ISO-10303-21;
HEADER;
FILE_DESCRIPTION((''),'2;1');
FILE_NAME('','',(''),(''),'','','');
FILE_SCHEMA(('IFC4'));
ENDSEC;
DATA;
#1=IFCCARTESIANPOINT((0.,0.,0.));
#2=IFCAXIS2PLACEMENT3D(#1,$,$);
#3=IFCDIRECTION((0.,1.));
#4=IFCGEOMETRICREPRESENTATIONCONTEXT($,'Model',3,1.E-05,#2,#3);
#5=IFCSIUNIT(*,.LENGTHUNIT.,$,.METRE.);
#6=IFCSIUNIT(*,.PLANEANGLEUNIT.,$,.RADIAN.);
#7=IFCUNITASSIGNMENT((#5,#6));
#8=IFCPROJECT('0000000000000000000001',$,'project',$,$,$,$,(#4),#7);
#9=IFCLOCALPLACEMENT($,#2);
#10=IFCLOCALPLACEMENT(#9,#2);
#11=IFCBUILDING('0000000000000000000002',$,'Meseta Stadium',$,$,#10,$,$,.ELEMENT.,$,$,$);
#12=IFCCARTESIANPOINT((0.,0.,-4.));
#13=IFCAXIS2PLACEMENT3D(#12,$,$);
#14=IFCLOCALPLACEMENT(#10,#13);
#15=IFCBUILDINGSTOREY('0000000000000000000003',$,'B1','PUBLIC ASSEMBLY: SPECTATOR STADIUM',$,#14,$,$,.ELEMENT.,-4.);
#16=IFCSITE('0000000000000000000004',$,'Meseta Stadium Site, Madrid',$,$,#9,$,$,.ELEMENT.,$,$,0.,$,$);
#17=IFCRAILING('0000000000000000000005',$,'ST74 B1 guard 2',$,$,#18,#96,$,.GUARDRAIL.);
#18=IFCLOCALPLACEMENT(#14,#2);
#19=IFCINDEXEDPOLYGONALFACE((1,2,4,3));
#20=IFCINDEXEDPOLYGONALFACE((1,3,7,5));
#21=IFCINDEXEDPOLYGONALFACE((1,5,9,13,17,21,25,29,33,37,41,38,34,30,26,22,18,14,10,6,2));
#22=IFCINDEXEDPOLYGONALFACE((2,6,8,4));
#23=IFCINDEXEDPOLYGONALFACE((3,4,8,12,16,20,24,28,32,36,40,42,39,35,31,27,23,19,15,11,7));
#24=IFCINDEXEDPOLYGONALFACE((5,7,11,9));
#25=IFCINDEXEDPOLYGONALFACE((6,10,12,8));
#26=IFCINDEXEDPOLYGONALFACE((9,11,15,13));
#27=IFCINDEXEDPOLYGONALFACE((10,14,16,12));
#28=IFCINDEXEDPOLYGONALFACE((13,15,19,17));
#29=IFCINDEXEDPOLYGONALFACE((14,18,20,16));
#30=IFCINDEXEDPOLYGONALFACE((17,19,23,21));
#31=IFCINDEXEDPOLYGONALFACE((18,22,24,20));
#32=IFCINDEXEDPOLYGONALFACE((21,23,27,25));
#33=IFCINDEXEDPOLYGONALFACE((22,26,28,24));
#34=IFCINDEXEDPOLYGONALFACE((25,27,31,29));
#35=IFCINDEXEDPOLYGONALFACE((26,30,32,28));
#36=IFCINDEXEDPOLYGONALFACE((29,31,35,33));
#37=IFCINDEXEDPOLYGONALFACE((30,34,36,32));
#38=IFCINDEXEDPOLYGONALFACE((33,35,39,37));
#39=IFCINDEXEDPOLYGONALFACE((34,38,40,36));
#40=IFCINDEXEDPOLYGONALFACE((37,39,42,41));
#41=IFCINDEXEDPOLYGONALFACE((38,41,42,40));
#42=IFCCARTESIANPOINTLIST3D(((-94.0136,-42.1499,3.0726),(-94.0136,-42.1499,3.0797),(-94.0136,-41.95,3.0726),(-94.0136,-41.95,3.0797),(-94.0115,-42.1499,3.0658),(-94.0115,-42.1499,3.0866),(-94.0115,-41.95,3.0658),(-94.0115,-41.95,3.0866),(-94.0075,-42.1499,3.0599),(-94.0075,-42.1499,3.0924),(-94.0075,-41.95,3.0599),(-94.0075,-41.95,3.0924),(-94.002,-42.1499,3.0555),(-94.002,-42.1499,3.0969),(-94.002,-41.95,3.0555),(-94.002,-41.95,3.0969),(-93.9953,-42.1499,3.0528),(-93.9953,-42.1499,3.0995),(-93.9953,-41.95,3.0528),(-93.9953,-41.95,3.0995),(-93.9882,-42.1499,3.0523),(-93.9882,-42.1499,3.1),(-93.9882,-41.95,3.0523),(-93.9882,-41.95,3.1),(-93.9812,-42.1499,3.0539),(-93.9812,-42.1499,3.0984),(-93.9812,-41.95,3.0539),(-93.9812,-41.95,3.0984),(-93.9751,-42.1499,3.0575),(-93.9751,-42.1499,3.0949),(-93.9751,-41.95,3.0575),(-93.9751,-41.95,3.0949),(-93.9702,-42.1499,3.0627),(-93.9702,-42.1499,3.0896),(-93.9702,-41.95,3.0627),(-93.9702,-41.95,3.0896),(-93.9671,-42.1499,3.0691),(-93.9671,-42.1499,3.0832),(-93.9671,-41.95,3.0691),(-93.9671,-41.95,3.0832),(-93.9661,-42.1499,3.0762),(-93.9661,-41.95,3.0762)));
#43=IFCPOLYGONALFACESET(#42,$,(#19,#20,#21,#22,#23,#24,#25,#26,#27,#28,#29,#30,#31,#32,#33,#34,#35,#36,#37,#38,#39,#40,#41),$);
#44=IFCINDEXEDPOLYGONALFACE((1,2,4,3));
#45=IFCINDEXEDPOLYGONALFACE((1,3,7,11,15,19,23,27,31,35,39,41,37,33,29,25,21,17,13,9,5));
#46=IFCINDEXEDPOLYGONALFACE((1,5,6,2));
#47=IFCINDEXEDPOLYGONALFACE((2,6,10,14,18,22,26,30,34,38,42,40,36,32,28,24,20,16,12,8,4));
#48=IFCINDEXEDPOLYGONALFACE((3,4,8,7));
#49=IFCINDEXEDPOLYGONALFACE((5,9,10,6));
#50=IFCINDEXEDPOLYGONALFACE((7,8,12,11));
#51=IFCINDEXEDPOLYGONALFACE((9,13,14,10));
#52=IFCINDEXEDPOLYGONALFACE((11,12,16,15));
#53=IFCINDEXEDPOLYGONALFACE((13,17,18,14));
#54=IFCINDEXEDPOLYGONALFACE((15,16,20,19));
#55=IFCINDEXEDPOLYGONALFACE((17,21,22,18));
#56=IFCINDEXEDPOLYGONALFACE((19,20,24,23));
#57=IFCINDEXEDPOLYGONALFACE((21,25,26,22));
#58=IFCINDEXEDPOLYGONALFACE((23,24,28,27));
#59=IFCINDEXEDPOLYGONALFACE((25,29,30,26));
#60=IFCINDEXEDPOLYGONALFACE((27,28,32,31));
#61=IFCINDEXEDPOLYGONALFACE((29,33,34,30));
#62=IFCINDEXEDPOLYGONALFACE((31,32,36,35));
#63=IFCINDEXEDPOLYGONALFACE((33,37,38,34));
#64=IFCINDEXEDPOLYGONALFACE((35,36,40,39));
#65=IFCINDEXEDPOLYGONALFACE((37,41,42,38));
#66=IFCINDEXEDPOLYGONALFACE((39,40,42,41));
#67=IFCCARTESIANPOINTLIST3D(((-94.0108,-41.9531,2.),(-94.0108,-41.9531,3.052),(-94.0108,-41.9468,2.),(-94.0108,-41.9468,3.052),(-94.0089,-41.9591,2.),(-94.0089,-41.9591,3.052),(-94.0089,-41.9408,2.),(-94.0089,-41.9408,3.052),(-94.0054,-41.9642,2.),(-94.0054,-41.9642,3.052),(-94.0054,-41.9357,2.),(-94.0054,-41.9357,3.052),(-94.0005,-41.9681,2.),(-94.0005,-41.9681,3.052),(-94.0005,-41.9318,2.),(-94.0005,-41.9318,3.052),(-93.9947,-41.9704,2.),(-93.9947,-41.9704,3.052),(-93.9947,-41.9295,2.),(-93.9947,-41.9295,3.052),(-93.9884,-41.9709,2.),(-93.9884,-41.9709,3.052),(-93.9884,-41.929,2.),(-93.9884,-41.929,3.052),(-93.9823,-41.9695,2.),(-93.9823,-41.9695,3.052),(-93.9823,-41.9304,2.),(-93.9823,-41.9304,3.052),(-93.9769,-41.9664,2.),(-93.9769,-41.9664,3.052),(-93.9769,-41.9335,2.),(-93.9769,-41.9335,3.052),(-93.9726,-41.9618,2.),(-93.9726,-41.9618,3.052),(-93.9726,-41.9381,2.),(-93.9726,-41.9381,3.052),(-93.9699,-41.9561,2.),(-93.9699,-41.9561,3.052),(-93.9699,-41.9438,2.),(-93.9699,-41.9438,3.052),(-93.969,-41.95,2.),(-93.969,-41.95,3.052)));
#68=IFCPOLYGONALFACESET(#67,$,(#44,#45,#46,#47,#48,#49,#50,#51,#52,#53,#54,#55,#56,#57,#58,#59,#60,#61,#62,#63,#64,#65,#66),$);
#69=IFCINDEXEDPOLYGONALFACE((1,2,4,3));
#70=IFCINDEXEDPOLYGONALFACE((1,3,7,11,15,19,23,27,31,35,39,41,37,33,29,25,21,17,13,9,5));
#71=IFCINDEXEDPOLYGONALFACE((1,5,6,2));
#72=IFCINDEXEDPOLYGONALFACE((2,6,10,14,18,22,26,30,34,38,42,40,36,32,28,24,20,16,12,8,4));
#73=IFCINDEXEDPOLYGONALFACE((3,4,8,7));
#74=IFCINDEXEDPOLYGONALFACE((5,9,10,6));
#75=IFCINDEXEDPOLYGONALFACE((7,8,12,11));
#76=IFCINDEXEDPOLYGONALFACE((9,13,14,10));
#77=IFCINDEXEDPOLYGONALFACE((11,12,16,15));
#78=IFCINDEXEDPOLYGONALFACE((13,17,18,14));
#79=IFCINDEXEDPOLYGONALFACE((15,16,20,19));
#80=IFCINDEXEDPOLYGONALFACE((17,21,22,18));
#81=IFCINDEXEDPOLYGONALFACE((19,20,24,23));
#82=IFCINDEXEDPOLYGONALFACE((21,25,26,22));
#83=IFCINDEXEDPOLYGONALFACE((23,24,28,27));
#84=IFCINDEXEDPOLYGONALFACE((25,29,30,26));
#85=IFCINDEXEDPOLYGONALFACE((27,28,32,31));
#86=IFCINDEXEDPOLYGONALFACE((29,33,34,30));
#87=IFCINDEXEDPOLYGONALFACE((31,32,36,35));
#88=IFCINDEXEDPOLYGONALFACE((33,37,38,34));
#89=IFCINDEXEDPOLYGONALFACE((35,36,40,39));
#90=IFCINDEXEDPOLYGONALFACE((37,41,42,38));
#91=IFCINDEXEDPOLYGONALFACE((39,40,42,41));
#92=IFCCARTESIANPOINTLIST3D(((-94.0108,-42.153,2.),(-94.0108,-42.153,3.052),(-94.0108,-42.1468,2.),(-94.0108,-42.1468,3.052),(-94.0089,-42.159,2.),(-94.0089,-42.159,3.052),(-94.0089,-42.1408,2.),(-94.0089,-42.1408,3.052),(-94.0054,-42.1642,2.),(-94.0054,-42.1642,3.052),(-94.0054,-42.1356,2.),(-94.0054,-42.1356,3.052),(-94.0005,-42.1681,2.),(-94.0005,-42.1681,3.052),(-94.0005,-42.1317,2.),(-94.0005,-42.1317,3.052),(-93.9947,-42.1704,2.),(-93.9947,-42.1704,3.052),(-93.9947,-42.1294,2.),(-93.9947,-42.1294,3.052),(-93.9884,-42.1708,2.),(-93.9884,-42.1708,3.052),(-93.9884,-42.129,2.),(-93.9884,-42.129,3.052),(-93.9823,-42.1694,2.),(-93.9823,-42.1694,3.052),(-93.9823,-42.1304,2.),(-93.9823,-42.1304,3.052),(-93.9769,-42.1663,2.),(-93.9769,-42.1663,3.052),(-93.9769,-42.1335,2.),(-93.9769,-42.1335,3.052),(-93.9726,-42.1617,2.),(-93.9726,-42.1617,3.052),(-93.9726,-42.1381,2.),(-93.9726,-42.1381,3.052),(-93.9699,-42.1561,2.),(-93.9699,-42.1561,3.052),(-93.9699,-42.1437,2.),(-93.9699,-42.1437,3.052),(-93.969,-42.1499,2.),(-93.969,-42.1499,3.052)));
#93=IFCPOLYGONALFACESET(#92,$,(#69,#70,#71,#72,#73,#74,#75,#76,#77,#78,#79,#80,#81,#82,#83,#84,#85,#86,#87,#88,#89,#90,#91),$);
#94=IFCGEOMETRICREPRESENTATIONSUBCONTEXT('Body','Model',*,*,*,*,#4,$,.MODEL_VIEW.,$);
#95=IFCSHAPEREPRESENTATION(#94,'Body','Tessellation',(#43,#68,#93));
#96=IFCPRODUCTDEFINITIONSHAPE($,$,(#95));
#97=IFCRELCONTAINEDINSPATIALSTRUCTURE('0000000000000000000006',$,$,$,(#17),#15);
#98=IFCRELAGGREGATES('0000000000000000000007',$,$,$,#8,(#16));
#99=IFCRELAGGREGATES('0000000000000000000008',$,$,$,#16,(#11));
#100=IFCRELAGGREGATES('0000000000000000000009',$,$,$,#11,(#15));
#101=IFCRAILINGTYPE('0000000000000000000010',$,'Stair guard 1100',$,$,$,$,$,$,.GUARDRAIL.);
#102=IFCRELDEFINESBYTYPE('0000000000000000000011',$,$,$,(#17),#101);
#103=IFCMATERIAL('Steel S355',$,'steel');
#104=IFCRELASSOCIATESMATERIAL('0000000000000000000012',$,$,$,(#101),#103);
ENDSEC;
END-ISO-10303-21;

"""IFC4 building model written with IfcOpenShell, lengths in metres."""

from ifc_helpers import new_model, si_unit, direction, frame, origin, origin_2d, place, context, subcontext, project, spatial, circle, extrude, material, type_object, element, save


model = new_model("IFC4")

# Units and contexts
model_context = context("Model", 3, precision=1e-05, world=origin(), true_north=direction((0.0, 1.0)))
body_context = subcontext(model_context, "Body", "Model", "MODEL_VIEW")
ifc_project = project(units=[si_unit("LENGTHUNIT", "METRE"), si_unit("PLANEANGLEUNIT", "RADIAN")], contexts=[model_context])

# Site, building, storey
site_placement = place(None, origin())
site = spatial("IfcSite", under=ifc_project, at=site_placement, Name="Meseta Stadium Site, Madrid", CompositionType="ELEMENT", RefElevation=0.0)
building_placement = place(site_placement, origin())
building = spatial("IfcBuilding", under=site, at=building_placement, Name="Meseta Stadium", CompositionType="ELEMENT")
storey_placement = place(building_placement, frame((0.0, 0.0, -4.0)))
storey = spatial("IfcBuildingStorey", under=building, at=storey_placement, Name="B1", Description="PUBLIC ASSEMBLY: SPECTATOR STADIUM", CompositionType="ELEMENT", Elevation=-4.0)

# Railing
ifc_material_1 = material(Name="Steel S355", Category="steel")
railing_type_1 = type_object("IfcRailingType", Name="Stair guard 1100", PredefinedType="GUARDRAIL", material=ifc_material_1)
railing_1_placement = place(storey_placement, frame((-93.99, -41.95, 2.0)))
element("IfcRailing", 1, at=railing_1_placement, inside=storey, type_object=railing_type_1, Name="ST74 B1 guard 2", PredefinedType="GUARDRAIL", context=body_context, shape_type="SweptSolid", body=[
    extrude(circle(Radius=0.0239, at=origin_2d()), frame((0.0, 0.0, 1.0762), z_axis=(0.0, -1.0, 0.0), x_axis=(1.0, 0.0, 0.0)), (0.0, 0.0, 1.0), 0.2),
    extrude(circle(Radius=0.021, at=origin_2d()), origin(), (0.0, 0.0, 1.0), 1.052),
    extrude(circle(Radius=0.021, at=origin_2d()), frame((0.0, -0.2, 0.0)), (0.0, 0.0, 1.0), 1.052),
])

save(model, "model.ifc")
